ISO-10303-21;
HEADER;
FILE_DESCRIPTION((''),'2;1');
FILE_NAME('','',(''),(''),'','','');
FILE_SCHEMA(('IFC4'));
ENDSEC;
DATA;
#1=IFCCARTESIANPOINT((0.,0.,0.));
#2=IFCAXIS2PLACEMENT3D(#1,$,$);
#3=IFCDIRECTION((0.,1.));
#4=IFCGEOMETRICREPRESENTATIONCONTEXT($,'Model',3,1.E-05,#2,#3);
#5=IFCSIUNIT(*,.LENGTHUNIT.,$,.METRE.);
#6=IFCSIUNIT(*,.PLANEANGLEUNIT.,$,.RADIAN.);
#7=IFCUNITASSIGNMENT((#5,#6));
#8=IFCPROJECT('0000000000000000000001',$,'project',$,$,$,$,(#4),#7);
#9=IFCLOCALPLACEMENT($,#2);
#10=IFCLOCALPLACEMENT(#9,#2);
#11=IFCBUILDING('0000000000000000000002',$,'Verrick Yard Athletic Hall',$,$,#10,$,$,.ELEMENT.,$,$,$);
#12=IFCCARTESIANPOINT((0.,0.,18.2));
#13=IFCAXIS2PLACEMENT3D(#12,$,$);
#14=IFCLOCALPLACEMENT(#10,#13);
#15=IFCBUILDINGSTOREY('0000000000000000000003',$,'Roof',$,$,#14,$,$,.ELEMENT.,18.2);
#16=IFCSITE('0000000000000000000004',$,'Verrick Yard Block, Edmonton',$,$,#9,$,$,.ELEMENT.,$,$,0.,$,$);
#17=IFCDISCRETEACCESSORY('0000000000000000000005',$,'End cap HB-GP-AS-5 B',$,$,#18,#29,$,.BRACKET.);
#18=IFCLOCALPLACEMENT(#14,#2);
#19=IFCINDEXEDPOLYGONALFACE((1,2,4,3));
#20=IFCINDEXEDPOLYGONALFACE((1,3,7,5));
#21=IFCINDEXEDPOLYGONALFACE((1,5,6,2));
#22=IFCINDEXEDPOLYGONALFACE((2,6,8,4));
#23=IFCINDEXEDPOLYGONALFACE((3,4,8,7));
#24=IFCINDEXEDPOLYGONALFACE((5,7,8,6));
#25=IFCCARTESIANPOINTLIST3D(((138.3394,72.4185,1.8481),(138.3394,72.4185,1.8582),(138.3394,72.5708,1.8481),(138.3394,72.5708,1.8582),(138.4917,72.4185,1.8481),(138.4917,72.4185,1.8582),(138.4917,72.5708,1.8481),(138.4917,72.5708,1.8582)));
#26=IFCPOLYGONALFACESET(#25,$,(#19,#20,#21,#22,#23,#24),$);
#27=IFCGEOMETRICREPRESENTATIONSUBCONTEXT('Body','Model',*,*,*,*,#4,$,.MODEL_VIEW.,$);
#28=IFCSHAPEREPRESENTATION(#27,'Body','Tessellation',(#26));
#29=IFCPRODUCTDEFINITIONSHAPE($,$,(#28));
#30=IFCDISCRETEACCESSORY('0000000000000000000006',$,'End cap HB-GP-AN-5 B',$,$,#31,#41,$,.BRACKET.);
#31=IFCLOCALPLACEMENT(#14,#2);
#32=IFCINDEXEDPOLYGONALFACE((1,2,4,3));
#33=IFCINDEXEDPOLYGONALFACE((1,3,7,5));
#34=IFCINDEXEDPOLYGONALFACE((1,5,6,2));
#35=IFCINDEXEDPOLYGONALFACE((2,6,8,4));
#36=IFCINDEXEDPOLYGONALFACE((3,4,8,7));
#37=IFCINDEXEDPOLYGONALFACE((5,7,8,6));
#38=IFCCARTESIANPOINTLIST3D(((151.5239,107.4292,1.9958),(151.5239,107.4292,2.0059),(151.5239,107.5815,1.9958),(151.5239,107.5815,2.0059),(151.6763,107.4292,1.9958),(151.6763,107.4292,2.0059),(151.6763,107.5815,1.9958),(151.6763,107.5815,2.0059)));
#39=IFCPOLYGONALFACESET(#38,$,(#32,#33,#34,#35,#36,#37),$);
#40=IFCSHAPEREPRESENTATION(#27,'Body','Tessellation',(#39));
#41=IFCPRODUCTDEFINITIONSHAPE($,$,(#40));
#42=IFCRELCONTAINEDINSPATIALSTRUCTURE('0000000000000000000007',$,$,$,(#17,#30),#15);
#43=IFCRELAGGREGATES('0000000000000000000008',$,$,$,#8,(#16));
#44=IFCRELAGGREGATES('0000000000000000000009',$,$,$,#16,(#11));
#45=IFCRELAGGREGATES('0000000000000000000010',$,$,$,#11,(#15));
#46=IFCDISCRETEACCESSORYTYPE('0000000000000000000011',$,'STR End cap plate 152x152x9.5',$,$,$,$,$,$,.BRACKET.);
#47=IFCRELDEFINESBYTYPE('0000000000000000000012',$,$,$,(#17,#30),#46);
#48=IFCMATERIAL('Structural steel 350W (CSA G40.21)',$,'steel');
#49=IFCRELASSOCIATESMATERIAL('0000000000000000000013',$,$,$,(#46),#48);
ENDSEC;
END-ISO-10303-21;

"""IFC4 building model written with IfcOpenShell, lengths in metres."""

from ifc_helpers import new_model, si_unit, direction, frame, origin, origin_2d, place, context, subcontext, project, spatial, rectangle, extrude, material, material_profile, profile_set, type_object, element, save


model = new_model("IFC4")

# Units and contexts
model_context = context("Model", 3, precision=1e-05, world=origin(), true_north=direction((0.0, 1.0)))
body_context = subcontext(model_context, "Body", "Model", "MODEL_VIEW")
ifc_project = project(units=[si_unit("LENGTHUNIT", "METRE"), si_unit("PLANEANGLEUNIT", "RADIAN")], contexts=[model_context])

# Site, building, storey
site_placement = place(None, origin())
site = spatial("IfcSite", under=ifc_project, at=site_placement, Name="Verrick Yard Block, Edmonton", CompositionType="ELEMENT", RefElevation=0.0)
building_placement = place(site_placement, origin())
building = spatial("IfcBuilding", under=site, at=building_placement, Name="Verrick Yard Athletic Hall", CompositionType="ELEMENT")
storey_placement = place(building_placement, frame((0.0, 0.0, 18.2)))
storey = spatial("IfcBuildingStorey", under=building, at=storey_placement, Name="Roof", CompositionType="ELEMENT", Elevation=18.2)

# Discrete accessories
ifc_material_1 = material(Name="Structural steel 350W (CSA G40.21)", Category="steel")
ifc_material_profile_1 = material_profile(ifc_material_1, rectangle(XDim=0.1523, YDim=0.1523, at=origin_2d()), Name="STR End cap plate 152x152x9.5")
ifc_profile_set_1 = profile_set([ifc_material_profile_1], Name="Structural steel 350W (CSA G40.21)")
discrete_accessory_type_1 = type_object("IfcDiscreteAccessoryType", Name="STR End cap plate 152x152x9.5", PredefinedType="BRACKET", material=ifc_profile_set_1)
for number, where, z_axis, x_axis, name in (
    (1, (138.4155, 72.4946, 1.8481), (0.0, 0.0, 1.0), (1.0, 0.0, 0.0), "End cap HB-GP-AS-5 B"),
    (2, (151.6001, 107.5054, 1.9958), (0.0, 0.0, 1.0), (1.0, 0.0, 0.0), "End cap HB-GP-AN-5 B"),
):
    element("IfcDiscreteAccessory", number, at=place(storey_placement, frame(where, z_axis=z_axis, x_axis=x_axis)), inside=storey, type_object=discrete_accessory_type_1, Name=name, PredefinedType="BRACKET", context=body_context, shape_type="SweptSolid", body=[
        extrude(rectangle(XDim=0.1523, YDim=0.1523, at=origin_2d()), origin(), (0.0, 0.0, 1.0), 0.01),
    ])

save(model, "model.ifc")
